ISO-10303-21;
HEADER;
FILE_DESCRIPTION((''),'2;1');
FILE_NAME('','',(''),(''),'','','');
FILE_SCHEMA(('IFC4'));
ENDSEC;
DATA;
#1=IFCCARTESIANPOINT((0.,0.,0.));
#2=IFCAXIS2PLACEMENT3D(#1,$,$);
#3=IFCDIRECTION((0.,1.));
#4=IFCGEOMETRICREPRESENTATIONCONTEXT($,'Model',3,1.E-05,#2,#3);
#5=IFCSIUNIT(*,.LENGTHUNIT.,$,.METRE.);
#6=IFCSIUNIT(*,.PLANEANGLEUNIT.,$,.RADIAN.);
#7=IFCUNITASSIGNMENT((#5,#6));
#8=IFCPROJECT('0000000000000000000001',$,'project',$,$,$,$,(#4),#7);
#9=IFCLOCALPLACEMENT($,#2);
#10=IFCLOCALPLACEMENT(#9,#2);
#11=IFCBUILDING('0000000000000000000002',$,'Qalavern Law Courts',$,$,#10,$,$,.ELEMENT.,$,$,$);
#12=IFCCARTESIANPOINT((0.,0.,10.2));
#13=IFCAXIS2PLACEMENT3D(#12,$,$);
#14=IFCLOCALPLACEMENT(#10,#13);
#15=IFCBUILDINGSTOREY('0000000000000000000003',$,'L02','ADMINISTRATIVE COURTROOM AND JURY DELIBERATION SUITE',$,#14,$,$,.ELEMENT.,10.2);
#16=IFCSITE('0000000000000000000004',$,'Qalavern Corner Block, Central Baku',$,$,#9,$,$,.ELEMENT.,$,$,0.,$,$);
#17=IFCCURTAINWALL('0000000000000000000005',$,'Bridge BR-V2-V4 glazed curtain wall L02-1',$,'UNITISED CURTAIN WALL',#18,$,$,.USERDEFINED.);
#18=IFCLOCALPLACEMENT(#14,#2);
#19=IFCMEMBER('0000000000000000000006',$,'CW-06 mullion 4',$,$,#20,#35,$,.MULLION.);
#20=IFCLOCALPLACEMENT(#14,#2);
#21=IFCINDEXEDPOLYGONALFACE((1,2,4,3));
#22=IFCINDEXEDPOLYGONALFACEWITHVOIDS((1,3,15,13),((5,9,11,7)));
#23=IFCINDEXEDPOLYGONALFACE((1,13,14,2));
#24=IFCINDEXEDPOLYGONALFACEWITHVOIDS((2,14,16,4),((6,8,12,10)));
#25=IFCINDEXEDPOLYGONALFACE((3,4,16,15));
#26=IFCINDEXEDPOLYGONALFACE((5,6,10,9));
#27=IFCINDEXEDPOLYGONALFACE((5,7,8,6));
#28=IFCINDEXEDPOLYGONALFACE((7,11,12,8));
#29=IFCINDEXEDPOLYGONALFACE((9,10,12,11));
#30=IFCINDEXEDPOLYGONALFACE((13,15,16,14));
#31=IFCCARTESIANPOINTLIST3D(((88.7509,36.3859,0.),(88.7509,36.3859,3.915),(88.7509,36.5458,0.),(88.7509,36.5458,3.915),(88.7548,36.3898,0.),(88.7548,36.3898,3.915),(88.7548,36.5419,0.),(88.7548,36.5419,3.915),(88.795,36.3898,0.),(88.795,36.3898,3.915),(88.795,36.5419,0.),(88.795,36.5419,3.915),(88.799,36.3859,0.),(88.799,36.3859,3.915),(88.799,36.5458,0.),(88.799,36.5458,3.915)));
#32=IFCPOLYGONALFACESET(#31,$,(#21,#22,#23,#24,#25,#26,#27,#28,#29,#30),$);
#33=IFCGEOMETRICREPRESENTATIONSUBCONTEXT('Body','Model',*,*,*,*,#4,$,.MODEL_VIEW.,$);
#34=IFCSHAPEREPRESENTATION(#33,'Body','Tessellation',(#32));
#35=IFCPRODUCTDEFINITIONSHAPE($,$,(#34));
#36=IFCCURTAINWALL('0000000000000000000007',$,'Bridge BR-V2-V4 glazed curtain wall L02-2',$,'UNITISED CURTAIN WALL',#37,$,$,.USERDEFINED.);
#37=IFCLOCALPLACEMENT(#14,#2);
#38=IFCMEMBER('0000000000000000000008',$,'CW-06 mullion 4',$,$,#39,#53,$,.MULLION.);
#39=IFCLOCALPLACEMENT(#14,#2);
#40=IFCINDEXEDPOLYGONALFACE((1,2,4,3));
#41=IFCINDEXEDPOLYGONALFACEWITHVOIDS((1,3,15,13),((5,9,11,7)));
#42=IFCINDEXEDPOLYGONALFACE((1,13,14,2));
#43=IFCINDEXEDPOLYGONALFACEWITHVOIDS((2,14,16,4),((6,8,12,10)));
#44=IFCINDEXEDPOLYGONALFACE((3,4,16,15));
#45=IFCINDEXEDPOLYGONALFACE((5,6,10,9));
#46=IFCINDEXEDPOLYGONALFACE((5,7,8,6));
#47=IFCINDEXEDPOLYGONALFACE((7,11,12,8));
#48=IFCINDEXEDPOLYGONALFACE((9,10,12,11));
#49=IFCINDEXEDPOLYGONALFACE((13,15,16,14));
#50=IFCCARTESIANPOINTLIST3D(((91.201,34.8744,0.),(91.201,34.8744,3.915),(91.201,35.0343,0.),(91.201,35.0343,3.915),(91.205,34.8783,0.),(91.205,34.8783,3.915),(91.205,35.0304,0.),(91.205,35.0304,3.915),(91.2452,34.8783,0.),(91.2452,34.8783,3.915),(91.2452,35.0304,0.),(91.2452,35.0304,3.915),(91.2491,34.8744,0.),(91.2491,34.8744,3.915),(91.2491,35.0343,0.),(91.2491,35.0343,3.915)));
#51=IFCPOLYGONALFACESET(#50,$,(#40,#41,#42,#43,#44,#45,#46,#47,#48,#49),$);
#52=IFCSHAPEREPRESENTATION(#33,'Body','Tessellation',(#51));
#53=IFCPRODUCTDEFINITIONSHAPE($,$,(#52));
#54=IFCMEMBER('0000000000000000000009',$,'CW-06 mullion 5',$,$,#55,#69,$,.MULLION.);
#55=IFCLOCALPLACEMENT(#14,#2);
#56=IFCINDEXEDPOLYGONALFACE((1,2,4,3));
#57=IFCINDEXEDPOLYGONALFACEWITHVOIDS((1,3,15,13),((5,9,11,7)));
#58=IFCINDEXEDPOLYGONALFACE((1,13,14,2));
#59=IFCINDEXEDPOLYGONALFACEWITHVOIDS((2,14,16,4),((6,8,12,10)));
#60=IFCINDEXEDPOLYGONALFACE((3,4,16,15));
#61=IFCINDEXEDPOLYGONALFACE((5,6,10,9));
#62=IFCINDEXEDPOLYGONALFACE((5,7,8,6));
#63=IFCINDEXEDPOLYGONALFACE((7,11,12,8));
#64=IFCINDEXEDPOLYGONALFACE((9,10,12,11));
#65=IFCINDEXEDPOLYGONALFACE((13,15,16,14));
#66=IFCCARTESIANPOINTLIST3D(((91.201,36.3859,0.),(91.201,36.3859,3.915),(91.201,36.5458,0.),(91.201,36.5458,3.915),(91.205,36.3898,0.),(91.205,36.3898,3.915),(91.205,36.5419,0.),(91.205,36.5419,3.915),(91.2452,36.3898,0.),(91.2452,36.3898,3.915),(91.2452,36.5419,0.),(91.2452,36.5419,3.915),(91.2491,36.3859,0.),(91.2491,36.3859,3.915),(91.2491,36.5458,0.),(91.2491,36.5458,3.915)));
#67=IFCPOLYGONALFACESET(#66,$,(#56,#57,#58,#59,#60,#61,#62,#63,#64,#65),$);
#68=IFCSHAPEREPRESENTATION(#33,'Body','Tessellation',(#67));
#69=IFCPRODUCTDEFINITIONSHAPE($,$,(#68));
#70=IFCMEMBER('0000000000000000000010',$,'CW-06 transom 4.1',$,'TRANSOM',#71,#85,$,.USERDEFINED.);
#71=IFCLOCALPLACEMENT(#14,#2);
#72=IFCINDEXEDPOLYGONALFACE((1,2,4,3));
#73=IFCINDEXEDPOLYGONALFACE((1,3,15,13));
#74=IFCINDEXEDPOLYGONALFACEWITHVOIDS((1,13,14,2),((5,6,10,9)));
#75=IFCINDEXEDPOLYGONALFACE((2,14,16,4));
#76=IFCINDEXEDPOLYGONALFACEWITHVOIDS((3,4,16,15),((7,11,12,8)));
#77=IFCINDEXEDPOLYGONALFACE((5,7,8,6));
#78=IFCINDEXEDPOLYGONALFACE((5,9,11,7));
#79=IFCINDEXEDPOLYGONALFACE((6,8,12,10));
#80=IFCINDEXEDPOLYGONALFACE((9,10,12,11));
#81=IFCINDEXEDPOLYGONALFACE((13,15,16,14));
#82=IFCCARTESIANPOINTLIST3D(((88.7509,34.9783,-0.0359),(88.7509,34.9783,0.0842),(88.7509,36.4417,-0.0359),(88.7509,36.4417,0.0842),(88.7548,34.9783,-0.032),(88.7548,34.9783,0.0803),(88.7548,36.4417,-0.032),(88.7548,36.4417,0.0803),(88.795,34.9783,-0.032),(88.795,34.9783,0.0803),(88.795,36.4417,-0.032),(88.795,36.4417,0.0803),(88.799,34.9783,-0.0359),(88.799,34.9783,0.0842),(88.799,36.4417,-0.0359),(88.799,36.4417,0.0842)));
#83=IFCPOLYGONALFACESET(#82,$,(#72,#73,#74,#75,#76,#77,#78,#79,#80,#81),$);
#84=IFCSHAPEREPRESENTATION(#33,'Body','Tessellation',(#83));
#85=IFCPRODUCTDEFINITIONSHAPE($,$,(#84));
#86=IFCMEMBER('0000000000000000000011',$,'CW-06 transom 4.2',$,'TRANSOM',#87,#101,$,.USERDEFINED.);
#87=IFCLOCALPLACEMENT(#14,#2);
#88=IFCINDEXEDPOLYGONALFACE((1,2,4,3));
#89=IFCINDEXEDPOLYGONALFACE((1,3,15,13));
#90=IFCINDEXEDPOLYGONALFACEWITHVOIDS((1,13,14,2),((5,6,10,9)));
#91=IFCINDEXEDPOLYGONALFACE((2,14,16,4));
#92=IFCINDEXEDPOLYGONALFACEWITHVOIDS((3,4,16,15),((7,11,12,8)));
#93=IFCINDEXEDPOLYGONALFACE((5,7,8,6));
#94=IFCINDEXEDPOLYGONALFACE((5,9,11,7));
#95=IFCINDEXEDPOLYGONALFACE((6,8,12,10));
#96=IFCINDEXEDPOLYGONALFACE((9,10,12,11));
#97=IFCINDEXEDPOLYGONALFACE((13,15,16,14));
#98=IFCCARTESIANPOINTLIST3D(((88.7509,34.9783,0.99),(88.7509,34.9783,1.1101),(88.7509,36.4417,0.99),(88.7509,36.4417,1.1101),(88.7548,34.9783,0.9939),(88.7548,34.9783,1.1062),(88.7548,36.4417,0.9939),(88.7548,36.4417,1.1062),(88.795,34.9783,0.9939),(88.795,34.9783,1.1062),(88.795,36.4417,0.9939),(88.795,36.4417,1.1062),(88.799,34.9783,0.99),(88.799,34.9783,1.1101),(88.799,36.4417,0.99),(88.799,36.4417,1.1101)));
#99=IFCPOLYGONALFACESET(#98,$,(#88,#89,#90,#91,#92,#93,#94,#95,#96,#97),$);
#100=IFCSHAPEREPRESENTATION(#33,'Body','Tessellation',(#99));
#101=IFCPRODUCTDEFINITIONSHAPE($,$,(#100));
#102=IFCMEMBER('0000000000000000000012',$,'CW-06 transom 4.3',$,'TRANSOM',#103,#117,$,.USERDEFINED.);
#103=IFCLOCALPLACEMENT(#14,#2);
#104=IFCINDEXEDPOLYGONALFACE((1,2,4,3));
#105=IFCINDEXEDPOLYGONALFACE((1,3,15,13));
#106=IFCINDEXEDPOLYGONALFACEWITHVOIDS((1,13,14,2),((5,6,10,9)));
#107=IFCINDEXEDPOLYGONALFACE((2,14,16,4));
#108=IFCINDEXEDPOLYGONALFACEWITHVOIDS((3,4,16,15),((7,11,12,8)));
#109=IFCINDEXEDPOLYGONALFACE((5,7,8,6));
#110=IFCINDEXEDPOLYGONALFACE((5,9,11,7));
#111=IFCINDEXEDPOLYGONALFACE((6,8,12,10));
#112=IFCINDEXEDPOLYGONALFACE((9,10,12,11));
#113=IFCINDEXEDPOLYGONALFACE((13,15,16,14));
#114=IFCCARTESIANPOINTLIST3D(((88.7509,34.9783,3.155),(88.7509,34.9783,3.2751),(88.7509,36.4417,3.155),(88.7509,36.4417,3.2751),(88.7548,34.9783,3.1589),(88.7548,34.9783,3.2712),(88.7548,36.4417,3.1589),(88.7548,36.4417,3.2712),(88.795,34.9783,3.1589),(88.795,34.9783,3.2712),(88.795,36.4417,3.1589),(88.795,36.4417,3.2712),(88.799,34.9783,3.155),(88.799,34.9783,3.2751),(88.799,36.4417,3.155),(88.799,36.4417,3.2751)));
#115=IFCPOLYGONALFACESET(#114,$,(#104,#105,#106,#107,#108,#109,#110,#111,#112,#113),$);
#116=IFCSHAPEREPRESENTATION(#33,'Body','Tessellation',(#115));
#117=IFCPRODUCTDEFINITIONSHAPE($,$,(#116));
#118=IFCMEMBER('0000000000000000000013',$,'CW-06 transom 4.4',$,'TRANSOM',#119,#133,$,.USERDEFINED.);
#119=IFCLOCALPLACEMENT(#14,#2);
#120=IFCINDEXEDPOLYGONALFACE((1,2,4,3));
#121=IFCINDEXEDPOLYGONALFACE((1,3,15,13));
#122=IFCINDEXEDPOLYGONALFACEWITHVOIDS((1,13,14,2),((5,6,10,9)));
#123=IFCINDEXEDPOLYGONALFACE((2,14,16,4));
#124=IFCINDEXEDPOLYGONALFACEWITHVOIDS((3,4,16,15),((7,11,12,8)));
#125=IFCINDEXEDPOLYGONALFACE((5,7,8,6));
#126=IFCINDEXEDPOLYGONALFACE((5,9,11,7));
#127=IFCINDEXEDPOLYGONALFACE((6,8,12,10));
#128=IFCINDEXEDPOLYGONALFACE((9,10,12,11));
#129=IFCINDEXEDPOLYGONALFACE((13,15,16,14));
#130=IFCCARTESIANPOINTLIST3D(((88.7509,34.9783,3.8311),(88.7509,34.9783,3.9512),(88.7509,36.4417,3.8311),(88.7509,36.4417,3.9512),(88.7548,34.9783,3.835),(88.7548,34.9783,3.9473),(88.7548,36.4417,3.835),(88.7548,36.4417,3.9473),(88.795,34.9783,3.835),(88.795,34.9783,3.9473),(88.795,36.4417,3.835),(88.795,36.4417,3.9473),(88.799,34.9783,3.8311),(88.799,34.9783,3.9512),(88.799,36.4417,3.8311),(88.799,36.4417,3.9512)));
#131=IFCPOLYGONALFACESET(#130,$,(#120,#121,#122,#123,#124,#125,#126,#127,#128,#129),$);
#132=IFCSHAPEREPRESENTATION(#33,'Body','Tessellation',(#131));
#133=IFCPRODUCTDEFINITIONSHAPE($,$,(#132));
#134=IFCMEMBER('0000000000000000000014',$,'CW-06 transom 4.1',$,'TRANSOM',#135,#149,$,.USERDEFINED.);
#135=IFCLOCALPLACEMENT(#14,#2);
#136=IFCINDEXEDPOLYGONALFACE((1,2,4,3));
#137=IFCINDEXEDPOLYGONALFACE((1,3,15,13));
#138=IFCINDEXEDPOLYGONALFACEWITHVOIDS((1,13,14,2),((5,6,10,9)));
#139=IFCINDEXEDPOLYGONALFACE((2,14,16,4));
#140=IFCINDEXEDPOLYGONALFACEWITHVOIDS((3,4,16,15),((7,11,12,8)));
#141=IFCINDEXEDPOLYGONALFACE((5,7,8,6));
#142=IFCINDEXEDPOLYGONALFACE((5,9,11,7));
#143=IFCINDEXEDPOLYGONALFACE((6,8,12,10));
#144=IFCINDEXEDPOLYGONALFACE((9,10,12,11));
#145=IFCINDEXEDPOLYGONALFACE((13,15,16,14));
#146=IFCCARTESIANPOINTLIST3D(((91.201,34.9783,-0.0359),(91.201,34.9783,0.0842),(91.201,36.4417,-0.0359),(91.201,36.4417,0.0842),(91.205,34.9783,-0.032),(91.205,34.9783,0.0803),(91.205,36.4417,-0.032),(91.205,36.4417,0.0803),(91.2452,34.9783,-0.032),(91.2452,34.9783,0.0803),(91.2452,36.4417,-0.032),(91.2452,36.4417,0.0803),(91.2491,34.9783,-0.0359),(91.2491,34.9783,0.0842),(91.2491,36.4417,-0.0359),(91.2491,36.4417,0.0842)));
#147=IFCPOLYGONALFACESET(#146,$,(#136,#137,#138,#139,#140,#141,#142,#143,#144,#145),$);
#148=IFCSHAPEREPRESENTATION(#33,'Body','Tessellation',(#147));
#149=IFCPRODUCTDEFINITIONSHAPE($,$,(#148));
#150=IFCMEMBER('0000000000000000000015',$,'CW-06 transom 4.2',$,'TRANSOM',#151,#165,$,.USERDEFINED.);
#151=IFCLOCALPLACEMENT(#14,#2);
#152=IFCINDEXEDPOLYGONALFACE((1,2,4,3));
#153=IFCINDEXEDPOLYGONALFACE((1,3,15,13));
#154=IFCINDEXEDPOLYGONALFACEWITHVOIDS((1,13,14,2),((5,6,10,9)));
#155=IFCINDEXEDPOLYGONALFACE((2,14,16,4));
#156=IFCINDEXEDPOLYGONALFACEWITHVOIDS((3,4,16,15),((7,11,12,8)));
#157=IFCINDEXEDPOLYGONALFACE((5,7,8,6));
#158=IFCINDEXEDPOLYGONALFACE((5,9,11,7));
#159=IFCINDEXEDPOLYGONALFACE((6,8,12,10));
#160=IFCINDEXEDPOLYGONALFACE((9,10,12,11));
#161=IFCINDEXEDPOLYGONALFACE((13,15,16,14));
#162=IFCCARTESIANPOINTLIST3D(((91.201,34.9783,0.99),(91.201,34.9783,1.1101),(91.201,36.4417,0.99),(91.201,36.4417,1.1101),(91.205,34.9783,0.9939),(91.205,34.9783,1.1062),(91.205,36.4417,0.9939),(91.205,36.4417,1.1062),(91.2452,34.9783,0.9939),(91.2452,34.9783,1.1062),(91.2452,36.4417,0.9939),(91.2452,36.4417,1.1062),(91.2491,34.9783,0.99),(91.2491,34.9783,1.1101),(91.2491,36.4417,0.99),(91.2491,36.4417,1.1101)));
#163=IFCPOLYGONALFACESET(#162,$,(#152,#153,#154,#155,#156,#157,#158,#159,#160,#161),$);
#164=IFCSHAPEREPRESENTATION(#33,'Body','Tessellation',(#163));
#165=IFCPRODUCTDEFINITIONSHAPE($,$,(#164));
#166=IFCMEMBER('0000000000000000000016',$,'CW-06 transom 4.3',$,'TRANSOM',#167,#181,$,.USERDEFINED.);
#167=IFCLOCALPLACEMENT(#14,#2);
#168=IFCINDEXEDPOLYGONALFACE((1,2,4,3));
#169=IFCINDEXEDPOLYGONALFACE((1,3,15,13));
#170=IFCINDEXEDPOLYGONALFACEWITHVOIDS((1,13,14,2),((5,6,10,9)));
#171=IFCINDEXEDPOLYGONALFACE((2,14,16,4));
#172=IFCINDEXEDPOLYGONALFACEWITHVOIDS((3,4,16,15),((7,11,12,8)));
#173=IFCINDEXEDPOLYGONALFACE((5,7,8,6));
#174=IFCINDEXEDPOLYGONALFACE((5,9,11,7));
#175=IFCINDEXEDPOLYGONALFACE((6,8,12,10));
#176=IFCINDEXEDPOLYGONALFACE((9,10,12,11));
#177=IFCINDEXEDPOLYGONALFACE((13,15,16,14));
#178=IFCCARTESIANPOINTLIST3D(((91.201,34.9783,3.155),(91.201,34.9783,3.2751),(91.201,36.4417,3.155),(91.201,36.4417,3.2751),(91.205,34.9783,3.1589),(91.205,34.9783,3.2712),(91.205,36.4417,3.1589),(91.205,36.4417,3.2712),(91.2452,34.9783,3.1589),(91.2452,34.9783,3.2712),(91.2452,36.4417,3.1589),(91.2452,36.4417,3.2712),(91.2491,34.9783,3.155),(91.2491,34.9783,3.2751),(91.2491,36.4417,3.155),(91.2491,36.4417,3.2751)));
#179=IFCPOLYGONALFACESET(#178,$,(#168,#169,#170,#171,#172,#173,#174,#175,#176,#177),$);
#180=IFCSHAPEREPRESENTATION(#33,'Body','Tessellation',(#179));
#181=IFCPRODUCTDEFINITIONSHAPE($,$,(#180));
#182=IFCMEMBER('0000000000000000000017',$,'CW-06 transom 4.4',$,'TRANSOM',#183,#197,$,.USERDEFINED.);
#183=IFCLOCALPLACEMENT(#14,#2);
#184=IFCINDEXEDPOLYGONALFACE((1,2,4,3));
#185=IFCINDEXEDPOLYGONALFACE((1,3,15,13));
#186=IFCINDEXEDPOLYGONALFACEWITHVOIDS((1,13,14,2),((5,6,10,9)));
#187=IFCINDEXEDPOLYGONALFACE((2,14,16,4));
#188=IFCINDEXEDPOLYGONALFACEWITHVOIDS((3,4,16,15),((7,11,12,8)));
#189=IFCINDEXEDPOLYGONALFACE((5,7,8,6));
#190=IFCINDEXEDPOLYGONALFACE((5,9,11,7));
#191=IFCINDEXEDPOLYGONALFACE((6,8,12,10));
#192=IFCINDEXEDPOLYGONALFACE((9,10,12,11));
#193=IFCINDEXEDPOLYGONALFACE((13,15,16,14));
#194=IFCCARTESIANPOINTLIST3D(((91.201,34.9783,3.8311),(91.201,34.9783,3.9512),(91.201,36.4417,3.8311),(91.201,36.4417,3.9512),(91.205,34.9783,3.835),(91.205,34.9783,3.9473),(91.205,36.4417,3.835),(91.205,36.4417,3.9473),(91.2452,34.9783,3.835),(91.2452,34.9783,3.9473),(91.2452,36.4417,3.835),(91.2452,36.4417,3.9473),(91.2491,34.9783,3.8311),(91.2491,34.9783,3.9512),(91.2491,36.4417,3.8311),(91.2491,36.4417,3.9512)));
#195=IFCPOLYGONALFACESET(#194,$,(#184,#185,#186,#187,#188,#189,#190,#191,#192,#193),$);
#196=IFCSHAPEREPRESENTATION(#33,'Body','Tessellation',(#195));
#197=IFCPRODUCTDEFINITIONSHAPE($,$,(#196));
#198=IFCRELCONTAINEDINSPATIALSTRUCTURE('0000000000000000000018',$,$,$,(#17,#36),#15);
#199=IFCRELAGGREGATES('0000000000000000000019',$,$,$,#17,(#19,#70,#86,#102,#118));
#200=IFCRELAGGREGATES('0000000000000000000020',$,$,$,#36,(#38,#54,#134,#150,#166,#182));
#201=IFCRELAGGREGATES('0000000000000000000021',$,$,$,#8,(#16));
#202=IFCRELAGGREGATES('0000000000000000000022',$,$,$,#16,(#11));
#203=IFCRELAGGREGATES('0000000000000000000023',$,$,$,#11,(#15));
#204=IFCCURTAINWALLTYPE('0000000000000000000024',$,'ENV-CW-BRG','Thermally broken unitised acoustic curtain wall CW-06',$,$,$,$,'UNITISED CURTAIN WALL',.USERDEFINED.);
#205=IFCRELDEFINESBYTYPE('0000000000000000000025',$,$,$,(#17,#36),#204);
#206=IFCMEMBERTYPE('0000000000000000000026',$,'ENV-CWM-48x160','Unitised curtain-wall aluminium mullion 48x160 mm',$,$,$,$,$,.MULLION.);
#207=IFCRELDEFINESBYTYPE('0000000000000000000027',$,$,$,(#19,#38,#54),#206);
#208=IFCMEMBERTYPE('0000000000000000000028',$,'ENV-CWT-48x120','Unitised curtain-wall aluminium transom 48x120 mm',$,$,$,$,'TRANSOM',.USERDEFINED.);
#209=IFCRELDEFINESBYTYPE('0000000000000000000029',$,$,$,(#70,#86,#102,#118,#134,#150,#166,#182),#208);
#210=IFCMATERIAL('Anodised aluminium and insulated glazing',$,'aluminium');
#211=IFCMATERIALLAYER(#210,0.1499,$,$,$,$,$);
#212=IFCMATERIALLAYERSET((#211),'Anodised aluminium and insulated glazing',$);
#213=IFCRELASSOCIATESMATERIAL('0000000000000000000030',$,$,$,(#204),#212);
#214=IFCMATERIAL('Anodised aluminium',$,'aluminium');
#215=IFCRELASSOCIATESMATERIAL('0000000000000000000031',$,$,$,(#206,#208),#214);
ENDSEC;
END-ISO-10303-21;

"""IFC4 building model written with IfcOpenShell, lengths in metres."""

from ifc_helpers import new_model, si_unit, direction, frame, origin, origin_2d, place, context, subcontext, project, spatial, hollow_rectangle, extrude, material, layer, layer_set, material_profile, profile_set, type_object, element, aggregate, save


model = new_model("IFC4")

# Units and contexts
model_context = context("Model", 3, precision=1e-05, world=origin(), true_north=direction((0.0, 1.0)))
body_context = subcontext(model_context, "Body", "Model", "MODEL_VIEW")
ifc_project = project(units=[si_unit("LENGTHUNIT", "METRE"), si_unit("PLANEANGLEUNIT", "RADIAN")], contexts=[model_context])

# Site, building, storey
site_placement = place(None, origin())
site = spatial("IfcSite", under=ifc_project, at=site_placement, Name="Qalavern Corner Block, Central Baku", CompositionType="ELEMENT", RefElevation=0.0)
building_placement = place(site_placement, origin())
building = spatial("IfcBuilding", under=site, at=building_placement, Name="Qalavern Law Courts", CompositionType="ELEMENT")
storey_placement = place(building_placement, frame((0.0, 0.0, 10.2)))
storey = spatial("IfcBuildingStorey", under=building, at=storey_placement, Name="L02", Description="ADMINISTRATIVE COURTROOM AND JURY DELIBERATION SUITE", CompositionType="ELEMENT", Elevation=10.2)

# Curtain wall, member
ifc_material_1 = material(Name="Anodised aluminium and insulated glazing", Category="aluminium")
ifc_layer_1 = layer(ifc_material_1, 0.1499)
ifc_layer_set_1 = layer_set([ifc_layer_1], Name="Anodised aluminium and insulated glazing")
curtain_wall_type = type_object("IfcCurtainWallType", Name="ENV-CW-BRG", Description="Thermally broken unitised acoustic curtain wall CW-06", ElementType="UNITISED CURTAIN WALL", PredefinedType="USERDEFINED", material=ifc_layer_set_1)
curtain_wall_1_placement = place(storey_placement, origin())
curtain_wall_1 = element("IfcCurtainWall", 1, at=curtain_wall_1_placement, inside=storey, type_object=curtain_wall_type, Name="Bridge BR-V2-V4 glazed curtain wall L02-1", ObjectType="UNITISED CURTAIN WALL", PredefinedType="USERDEFINED")
ifc_material_2 = material(Name="Anodised aluminium", Category="aluminium")
ifc_material_profile_1 = material_profile(ifc_material_2, hollow_rectangle(XDim=0.0481, YDim=0.1599, WallThickness=0.0039, at=origin_2d()), Name="ALU MULLION 48x160")
ifc_profile_set_1 = profile_set([ifc_material_profile_1], Name="Anodised aluminium")
member_type_1 = type_object("IfcMemberType", Name="ENV-CWM-48x160", Description="Unitised curtain-wall aluminium mullion 48x160 mm", PredefinedType="MULLION", material=ifc_profile_set_1)
member_1_placement = place(storey_placement, frame((88.7749, 36.4658, 0.0), z_axis=(0.0, 0.0, 1.0), x_axis=(1.0, 0.0, 0.0)))
member_1 = element("IfcMember", 2, at=member_1_placement, type_object=member_type_1, Name="CW-06 mullion 4", PredefinedType="MULLION", context=body_context, shape_type="SweptSolid", body=[
    extrude(hollow_rectangle(XDim=0.0481, YDim=0.1599, WallThickness=0.0039, at=origin_2d()), origin(), (0.0, 0.0, 1.0), 3.915),
])

# Curtain wall, members
curtain_wall_2_placement = place(storey_placement, origin())
curtain_wall_2 = element("IfcCurtainWall", 3, at=curtain_wall_2_placement, inside=storey, type_object=curtain_wall_type, Name="Bridge BR-V2-V4 glazed curtain wall L02-2", ObjectType="UNITISED CURTAIN WALL", PredefinedType="USERDEFINED")
member_2_placement = place(storey_placement, frame((91.2251, 34.9543, 0.0), z_axis=(0.0, 0.0, 1.0), x_axis=(-1.0, 0.0, 0.0)))
member_2 = element("IfcMember", 4, at=member_2_placement, type_object=member_type_1, Name="CW-06 mullion 4", PredefinedType="MULLION", context=body_context, shape_type="SweptSolid", body=[
    extrude(hollow_rectangle(XDim=0.0481, YDim=0.1599, WallThickness=0.0039, at=origin_2d()), origin(), (0.0, 0.0, 1.0), 3.915),
])
member_3_placement = place(storey_placement, frame((91.2251, 36.4658, 0.0), z_axis=(0.0, 0.0, 1.0), x_axis=(-1.0, 0.0, 0.0)))
member_3 = element("IfcMember", 5, at=member_3_placement, type_object=member_type_1, Name="CW-06 mullion 5", PredefinedType="MULLION", context=body_context, shape_type="SweptSolid", body=[
    extrude(hollow_rectangle(XDim=0.0481, YDim=0.1599, WallThickness=0.0039, at=origin_2d()), origin(), (0.0, 0.0, 1.0), 3.915),
])

# Members
ifc_material_profile_2 = material_profile(ifc_material_2, hollow_rectangle(XDim=0.0481, YDim=0.1201, WallThickness=0.0039, at=origin_2d()), Name="ALU TRANSOM 48x120")
ifc_profile_set_2 = profile_set([ifc_material_profile_2], Name="Anodised aluminium")
member_type_2 = type_object("IfcMemberType", Name="ENV-CWT-48x120", Description="Unitised curtain-wall aluminium transom 48x120 mm", ElementType="TRANSOM", PredefinedType="USERDEFINED", material=ifc_profile_set_2)
member_4_placement = place(storey_placement, frame((88.7749, 36.4417, 0.0242), z_axis=(0.0, -1.0, 0.0), x_axis=(1.0, 0.0, 0.0)))
member_4 = element("IfcMember", 6, at=member_4_placement, type_object=member_type_2, Name="CW-06 transom 4.1", ObjectType="TRANSOM", PredefinedType="USERDEFINED", context=body_context, shape_type="SweptSolid", body=[
    extrude(hollow_rectangle(XDim=0.0481, YDim=0.1201, WallThickness=0.0039, at=origin_2d()), origin(), (0.0, 0.0, 1.0), 1.4634),
])
member_5_placement = place(storey_placement, frame((88.7749, 36.4417, 1.05), z_axis=(0.0, -1.0, 0.0), x_axis=(1.0, 0.0, 0.0)))
member_5 = element("IfcMember", 7, at=member_5_placement, type_object=member_type_2, Name="CW-06 transom 4.2", ObjectType="TRANSOM", PredefinedType="USERDEFINED", context=body_context, shape_type="SweptSolid", body=[
    extrude(hollow_rectangle(XDim=0.0481, YDim=0.1201, WallThickness=0.0039, at=origin_2d()), origin(), (0.0, 0.0, 1.0), 1.4634),
])
member_6_placement = place(storey_placement, frame((88.7749, 36.4417, 3.2151), z_axis=(0.0, -1.0, 0.0), x_axis=(1.0, 0.0, 0.0)))
member_6 = element("IfcMember", 8, at=member_6_placement, type_object=member_type_2, Name="CW-06 transom 4.3", ObjectType="TRANSOM", PredefinedType="USERDEFINED", context=body_context, shape_type="SweptSolid", body=[
    extrude(hollow_rectangle(XDim=0.0481, YDim=0.1201, WallThickness=0.0039, at=origin_2d()), origin(), (0.0, 0.0, 1.0), 1.4634),
])
member_7_placement = place(storey_placement, frame((88.7749, 36.4417, 3.8911), z_axis=(0.0, -1.0, 0.0), x_axis=(1.0, 0.0, 0.0)))
member_7 = element("IfcMember", 9, at=member_7_placement, type_object=member_type_2, Name="CW-06 transom 4.4", ObjectType="TRANSOM", PredefinedType="USERDEFINED", context=body_context, shape_type="SweptSolid", body=[
    extrude(hollow_rectangle(XDim=0.0481, YDim=0.1201, WallThickness=0.0039, at=origin_2d()), origin(), (0.0, 0.0, 1.0), 1.4634),
])
member_8_placement = place(storey_placement, frame((91.2251, 34.9783, 0.0242), z_axis=(0.0, 1.0, 0.0), x_axis=(-1.0, 0.0, 0.0)))
member_8 = element("IfcMember", 10, at=member_8_placement, type_object=member_type_2, Name="CW-06 transom 4.1", ObjectType="TRANSOM", PredefinedType="USERDEFINED", context=body_context, shape_type="SweptSolid", body=[
    extrude(hollow_rectangle(XDim=0.0481, YDim=0.1201, WallThickness=0.0039, at=origin_2d()), origin(), (0.0, 0.0, 1.0), 1.4634),
])
member_9_placement = place(storey_placement, frame((91.2251, 34.9783, 1.05), z_axis=(0.0, 1.0, 0.0), x_axis=(-1.0, 0.0, 0.0)))
member_9 = element("IfcMember", 11, at=member_9_placement, type_object=member_type_2, Name="CW-06 transom 4.2", ObjectType="TRANSOM", PredefinedType="USERDEFINED", context=body_context, shape_type="SweptSolid", body=[
    extrude(hollow_rectangle(XDim=0.0481, YDim=0.1201, WallThickness=0.0039, at=origin_2d()), origin(), (0.0, 0.0, 1.0), 1.4634),
])
member_10_placement = place(storey_placement, frame((91.2251, 34.9783, 3.2151), z_axis=(0.0, 1.0, 0.0), x_axis=(-1.0, 0.0, 0.0)))
member_10 = element("IfcMember", 12, at=member_10_placement, type_object=member_type_2, Name="CW-06 transom 4.3", ObjectType="TRANSOM", PredefinedType="USERDEFINED", context=body_context, shape_type="SweptSolid", body=[
    extrude(hollow_rectangle(XDim=0.0481, YDim=0.1201, WallThickness=0.0039, at=origin_2d()), origin(), (0.0, 0.0, 1.0), 1.4634),
])
member_11_placement = place(storey_placement, frame((91.2251, 34.9783, 3.8911), z_axis=(0.0, 1.0, 0.0), x_axis=(-1.0, 0.0, 0.0)))
member_11 = element("IfcMember", 13, at=member_11_placement, type_object=member_type_2, Name="CW-06 transom 4.4", ObjectType="TRANSOM", PredefinedType="USERDEFINED", context=body_context, shape_type="SweptSolid", body=[
    extrude(hollow_rectangle(XDim=0.0481, YDim=0.1201, WallThickness=0.0039, at=origin_2d()), origin(), (0.0, 0.0, 1.0), 1.4634),
])

aggregate(curtain_wall_1, [member_1, member_4, member_5, member_6, member_7])
aggregate(curtain_wall_2, [member_2, member_3, member_8, member_9, member_10, member_11])

save(model, "model.ifc")
